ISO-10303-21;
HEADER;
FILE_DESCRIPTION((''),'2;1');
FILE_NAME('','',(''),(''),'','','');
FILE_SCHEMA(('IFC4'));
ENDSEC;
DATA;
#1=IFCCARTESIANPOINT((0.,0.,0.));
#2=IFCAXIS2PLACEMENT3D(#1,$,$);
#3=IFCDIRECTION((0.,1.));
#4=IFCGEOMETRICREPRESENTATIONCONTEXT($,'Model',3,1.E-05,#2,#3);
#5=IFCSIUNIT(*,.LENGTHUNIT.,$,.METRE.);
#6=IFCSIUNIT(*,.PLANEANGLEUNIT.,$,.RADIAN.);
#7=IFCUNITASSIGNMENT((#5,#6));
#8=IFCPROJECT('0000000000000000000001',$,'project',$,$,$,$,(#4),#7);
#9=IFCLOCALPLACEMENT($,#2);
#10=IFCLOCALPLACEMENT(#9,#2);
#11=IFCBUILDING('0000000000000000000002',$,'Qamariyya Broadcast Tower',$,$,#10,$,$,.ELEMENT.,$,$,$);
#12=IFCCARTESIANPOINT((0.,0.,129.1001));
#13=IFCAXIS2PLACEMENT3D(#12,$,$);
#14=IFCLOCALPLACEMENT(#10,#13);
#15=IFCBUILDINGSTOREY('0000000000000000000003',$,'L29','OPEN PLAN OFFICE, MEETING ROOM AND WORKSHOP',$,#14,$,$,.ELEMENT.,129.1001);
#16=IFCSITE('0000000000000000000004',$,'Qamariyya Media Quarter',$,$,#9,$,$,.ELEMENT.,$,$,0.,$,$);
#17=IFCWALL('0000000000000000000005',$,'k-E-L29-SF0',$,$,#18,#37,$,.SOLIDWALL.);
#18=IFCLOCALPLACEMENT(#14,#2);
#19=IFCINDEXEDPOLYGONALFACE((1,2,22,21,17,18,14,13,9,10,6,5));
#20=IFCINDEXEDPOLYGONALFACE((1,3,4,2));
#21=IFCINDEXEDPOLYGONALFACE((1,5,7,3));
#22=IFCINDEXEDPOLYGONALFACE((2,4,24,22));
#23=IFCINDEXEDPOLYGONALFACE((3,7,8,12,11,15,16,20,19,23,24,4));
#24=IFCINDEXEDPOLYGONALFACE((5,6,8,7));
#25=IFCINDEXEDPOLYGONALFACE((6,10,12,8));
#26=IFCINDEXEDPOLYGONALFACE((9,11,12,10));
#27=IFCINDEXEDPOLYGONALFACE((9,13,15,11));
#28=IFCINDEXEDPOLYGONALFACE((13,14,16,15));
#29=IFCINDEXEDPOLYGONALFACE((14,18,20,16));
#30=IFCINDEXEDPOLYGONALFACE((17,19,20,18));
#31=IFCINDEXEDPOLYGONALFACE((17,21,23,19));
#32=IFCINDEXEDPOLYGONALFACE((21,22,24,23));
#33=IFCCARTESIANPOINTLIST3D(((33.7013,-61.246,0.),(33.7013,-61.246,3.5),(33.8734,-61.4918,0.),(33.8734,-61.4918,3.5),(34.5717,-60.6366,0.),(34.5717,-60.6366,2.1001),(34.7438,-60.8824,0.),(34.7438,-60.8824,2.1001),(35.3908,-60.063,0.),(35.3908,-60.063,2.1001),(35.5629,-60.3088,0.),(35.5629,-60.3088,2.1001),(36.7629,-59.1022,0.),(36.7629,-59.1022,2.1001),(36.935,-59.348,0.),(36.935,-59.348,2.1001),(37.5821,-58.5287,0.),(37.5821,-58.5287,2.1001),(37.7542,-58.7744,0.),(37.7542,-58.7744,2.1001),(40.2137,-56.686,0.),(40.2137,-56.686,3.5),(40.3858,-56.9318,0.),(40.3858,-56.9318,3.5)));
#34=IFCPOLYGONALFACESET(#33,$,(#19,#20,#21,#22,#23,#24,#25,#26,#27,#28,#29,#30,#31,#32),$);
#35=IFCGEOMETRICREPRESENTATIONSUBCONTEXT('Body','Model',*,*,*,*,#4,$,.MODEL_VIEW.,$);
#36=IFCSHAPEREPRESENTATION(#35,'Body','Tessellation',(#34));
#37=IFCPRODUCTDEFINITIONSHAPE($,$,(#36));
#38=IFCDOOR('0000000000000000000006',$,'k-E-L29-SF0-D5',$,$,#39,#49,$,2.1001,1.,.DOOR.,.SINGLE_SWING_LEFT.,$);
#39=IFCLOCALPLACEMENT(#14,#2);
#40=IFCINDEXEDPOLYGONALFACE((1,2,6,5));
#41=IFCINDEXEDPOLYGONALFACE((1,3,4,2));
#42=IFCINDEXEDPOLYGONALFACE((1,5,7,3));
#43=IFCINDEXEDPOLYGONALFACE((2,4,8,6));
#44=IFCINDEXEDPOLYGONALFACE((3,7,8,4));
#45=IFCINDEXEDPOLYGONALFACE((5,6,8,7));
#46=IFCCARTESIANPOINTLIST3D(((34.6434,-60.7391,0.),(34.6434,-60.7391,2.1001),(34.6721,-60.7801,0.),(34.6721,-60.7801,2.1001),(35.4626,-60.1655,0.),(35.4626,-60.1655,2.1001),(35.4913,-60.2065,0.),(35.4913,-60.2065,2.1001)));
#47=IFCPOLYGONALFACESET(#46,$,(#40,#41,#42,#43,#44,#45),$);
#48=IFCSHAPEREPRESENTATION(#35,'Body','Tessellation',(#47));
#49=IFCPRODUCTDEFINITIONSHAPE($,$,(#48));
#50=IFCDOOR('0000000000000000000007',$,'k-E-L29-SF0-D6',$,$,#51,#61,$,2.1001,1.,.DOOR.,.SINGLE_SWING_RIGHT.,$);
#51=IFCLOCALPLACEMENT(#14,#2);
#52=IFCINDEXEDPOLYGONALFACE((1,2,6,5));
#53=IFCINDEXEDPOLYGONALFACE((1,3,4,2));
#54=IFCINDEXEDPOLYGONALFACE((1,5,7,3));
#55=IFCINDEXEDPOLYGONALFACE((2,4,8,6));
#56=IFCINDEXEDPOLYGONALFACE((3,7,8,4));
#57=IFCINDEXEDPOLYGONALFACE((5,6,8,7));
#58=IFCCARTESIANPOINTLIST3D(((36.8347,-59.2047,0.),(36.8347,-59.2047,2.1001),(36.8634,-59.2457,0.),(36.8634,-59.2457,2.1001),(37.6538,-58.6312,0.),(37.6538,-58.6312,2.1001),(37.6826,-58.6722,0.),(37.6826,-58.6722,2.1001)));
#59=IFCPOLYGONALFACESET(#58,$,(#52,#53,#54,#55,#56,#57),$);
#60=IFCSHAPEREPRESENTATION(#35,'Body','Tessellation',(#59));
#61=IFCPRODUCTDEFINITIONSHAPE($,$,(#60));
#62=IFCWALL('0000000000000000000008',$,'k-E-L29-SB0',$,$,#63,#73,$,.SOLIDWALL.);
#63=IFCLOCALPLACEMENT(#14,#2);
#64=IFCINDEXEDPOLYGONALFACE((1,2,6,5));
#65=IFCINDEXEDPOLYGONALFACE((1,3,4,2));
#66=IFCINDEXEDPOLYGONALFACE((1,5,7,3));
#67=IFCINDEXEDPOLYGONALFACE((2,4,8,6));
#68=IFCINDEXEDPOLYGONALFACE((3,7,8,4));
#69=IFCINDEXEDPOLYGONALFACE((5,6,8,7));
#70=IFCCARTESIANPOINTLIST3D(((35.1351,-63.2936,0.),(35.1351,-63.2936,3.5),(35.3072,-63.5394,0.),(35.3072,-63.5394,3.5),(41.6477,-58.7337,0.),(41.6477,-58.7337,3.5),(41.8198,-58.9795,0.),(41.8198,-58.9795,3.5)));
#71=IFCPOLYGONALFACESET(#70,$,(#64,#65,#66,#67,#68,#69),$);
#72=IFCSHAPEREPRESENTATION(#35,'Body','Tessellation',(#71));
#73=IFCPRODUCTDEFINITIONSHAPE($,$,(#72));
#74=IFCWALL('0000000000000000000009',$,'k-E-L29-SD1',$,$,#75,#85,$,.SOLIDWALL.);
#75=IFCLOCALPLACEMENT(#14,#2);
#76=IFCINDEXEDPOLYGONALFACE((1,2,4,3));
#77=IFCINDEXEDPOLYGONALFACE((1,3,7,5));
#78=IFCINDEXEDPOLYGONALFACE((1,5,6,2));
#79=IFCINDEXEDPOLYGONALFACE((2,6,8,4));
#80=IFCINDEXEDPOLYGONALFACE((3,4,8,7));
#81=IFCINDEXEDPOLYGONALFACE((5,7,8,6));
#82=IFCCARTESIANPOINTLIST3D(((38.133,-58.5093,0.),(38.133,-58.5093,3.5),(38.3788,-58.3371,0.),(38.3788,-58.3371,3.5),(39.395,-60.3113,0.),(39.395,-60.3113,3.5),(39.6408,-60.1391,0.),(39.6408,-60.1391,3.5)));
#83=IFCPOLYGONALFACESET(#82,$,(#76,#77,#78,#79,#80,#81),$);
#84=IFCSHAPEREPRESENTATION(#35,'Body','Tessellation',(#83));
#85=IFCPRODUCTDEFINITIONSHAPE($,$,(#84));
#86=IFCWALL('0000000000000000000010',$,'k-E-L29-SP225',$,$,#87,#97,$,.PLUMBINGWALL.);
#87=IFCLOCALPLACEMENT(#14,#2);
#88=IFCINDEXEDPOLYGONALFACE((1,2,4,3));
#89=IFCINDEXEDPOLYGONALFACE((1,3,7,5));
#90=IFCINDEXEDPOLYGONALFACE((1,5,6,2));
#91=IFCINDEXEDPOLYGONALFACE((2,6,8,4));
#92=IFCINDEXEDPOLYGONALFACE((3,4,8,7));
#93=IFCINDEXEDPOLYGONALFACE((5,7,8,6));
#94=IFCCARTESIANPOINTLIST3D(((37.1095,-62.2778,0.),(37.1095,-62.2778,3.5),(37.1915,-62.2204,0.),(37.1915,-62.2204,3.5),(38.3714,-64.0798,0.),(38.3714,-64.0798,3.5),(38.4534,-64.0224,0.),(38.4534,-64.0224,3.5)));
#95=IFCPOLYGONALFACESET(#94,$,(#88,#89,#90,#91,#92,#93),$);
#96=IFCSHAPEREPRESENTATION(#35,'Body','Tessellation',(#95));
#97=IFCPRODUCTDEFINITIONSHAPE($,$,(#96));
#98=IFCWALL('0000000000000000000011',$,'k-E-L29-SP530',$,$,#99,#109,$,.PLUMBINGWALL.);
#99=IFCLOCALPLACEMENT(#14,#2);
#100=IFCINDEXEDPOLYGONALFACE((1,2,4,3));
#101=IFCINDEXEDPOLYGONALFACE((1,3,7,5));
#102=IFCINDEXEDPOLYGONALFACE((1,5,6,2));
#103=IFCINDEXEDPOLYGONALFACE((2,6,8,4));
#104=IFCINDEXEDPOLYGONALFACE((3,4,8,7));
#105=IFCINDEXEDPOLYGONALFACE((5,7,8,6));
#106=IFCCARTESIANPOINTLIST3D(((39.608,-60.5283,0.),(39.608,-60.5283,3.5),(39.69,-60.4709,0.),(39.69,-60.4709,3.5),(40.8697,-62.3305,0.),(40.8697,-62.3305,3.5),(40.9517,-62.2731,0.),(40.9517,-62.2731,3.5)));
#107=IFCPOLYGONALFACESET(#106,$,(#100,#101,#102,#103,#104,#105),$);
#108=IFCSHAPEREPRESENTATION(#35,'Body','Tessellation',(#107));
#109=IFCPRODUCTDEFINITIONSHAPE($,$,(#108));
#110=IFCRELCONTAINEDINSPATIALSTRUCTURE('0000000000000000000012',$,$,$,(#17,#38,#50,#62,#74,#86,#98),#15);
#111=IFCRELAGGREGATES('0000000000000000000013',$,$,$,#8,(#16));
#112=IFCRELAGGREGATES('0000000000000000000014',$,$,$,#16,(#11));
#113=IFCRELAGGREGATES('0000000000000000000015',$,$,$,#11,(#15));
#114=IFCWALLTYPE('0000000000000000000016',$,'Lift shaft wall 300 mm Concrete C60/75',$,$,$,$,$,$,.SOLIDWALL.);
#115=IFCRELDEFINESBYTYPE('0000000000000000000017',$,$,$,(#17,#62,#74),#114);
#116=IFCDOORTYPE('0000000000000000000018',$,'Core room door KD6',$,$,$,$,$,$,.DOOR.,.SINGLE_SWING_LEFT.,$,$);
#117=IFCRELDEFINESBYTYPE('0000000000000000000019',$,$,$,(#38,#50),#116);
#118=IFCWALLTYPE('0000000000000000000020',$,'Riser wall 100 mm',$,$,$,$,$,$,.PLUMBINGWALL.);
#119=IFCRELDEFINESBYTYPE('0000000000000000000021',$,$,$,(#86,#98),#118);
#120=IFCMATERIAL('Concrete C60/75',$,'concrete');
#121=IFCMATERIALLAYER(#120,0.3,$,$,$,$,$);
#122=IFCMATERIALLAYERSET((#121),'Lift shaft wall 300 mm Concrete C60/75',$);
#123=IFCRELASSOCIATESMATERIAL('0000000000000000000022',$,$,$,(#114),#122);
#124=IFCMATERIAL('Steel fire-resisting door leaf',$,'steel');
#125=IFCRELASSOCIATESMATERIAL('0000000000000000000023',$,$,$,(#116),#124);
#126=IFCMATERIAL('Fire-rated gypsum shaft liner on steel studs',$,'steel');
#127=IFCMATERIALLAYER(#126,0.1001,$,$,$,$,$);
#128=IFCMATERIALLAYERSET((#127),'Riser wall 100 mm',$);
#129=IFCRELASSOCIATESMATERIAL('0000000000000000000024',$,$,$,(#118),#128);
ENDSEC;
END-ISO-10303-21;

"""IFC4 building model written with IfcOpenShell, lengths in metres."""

from ifc_helpers import new_model, si_unit, direction, frame, frame_2d, origin, place, context, subcontext, project, spatial, rectangle, extrude, material, layer, layer_set, type_object, element, fill, save


model = new_model("IFC4")

# Units and contexts
model_context = context("Model", 3, precision=1e-05, world=origin(), true_north=direction((0.0, 1.0)))
body_context = subcontext(model_context, "Body", "Model", "MODEL_VIEW")
ifc_project = project(units=[si_unit("LENGTHUNIT", "METRE"), si_unit("PLANEANGLEUNIT", "RADIAN")], contexts=[model_context])

# Site, building, storey
site_placement = place(None, origin())
site = spatial("IfcSite", under=ifc_project, at=site_placement, Name="Qamariyya Media Quarter", CompositionType="ELEMENT", RefElevation=0.0)
building_placement = place(site_placement, origin())
building = spatial("IfcBuilding", under=site, at=building_placement, Name="Qamariyya Broadcast Tower", CompositionType="ELEMENT")
storey_placement = place(building_placement, frame((0.0, 0.0, 129.1001)))
storey = spatial("IfcBuildingStorey", under=building, at=storey_placement, Name="L29", Description="OPEN PLAN OFFICE, MEETING ROOM AND WORKSHOP", CompositionType="ELEMENT", Elevation=129.1001)

# Shared definitions
ifc_material_1 = material(Name="Steel fire-resisting door leaf", Category="steel")

# Shared definitions
ifc_material_2 = material(Name="Concrete C60/75", Category="concrete")

# Shared definitions
ifc_layer_1 = layer(ifc_material_2, 0.3)
ifc_layer_set_1 = layer_set([ifc_layer_1], Name="Lift shaft wall 300 mm Concrete C60/75")
wall_type_1 = type_object("IfcWallType", Name="Lift shaft wall 300 mm Concrete C60/75", PredefinedType="SOLIDWALL", material=ifc_layer_set_1)

# Wall, openings, doors
wall_1_placement = place(storey_placement, frame((33.7874, -61.3689, 0.0), z_axis=(0.0, 0.0, 1.0), x_axis=(0.819153, 0.573576, 0.0)))
wall_1 = element("IfcWall", 1, at=wall_1_placement, inside=storey, type_object=wall_type_1, Name="k-E-L29-SF0", PredefinedType="SOLIDWALL", context=body_context, shape_type="SweptSolid", body=[
    extrude(rectangle(XDim=7.9502, YDim=0.3, at=frame_2d((3.9751, 0.0))), origin(), (0.0, 0.0, 1.0), 3.5),
])
opening_1_placement = place(wall_1_placement, frame((1.0625, 0.0, 0.0)))
opening_1 = element("IfcOpeningElement", 2, at=opening_1_placement, cuts=wall_1, PredefinedType="OPENING", context=body_context, shape_type="SweptSolid", body=[
    extrude(rectangle(XDim=1.0, YDim=2.1001, at=frame_2d((0.5, 1.05))), frame((0.0, 0.1599, 0.0), z_axis=(0.0, -1.0, 0.0), x_axis=(1.0, 0.0, 0.0)), (0.0, 0.0, 1.0), 0.3201),
])
opening_2_placement = place(wall_1_placement, frame((3.7375, 0.0, 0.0)))
opening_2 = element("IfcOpeningElement", 3, at=opening_2_placement, cuts=wall_1, PredefinedType="OPENING", context=body_context, shape_type="SweptSolid", body=[
    extrude(rectangle(XDim=1.0, YDim=2.1001, at=frame_2d((0.5, 1.05))), frame((0.0, 0.1599, 0.0), z_axis=(0.0, -1.0, 0.0), x_axis=(1.0, 0.0, 0.0)), (0.0, 0.0, 1.0), 0.3201),
])
door_type_1 = type_object("IfcDoorType", Name="Core room door KD6", OperationType="SINGLE_SWING_LEFT", PredefinedType="DOOR", material=ifc_material_1)
door_1_placement = place(opening_1_placement, origin())
door_1 = element("IfcDoor", 4, at=door_1_placement, inside=storey, type_object=door_type_1, Name="k-E-L29-SF0-D5", OperationType="SINGLE_SWING_LEFT", OverallHeight=2.1001, OverallWidth=1.0, PredefinedType="DOOR", context=body_context, shape_type="SweptSolid", body=[
    extrude(rectangle(XDim=1.0, YDim=2.1001, at=frame_2d((0.5, 1.05))), frame((0.0, 0.0249, 0.0), z_axis=(0.0, -1.0, 0.0), x_axis=(1.0, 0.0, 0.0)), (0.0, 0.0, 1.0), 0.05),
])
fill(opening_1, door_1)
door_2_placement = place(opening_2_placement, origin())
door_2 = element("IfcDoor", 5, at=door_2_placement, inside=storey, type_object=door_type_1, Name="k-E-L29-SF0-D6", OperationType="SINGLE_SWING_RIGHT", OverallHeight=2.1001, OverallWidth=1.0, PredefinedType="DOOR", context=body_context, shape_type="SweptSolid", body=[
    extrude(rectangle(XDim=1.0, YDim=2.1001, at=frame_2d((0.5, 1.05))), frame((0.0, 0.0249, 0.0), z_axis=(0.0, -1.0, 0.0), x_axis=(1.0, 0.0, 0.0)), (0.0, 0.0, 1.0), 0.05),
])
fill(opening_2, door_2)

# Walls
wall_2_placement = place(storey_placement, frame((35.2212, -63.4165, 0.0), z_axis=(0.0, 0.0, 1.0), x_axis=(0.819167, 0.573555, 0.0)))
element("IfcWall", 6, at=wall_2_placement, inside=storey, type_object=wall_type_1, Name="k-E-L29-SB0", PredefinedType="SOLIDWALL", context=body_context, shape_type="SweptSolid", body=[
    extrude(rectangle(XDim=7.9502, YDim=0.3, at=frame_2d((3.9751, 0.0))), origin(), (0.0, 0.0, 1.0), 3.5),
])
wall_3_placement = place(storey_placement, frame((38.2559, -58.4231, 0.0), z_axis=(0.0, 0.0, 1.0), x_axis=(0.573634, -0.819112, 0.0)))
element("IfcWall", 7, at=wall_3_placement, inside=storey, type_object=wall_type_1, Name="k-E-L29-SD1", PredefinedType="SOLIDWALL", context=body_context, shape_type="SweptSolid", body=[
    extrude(rectangle(XDim=2.2, YDim=0.3, at=frame_2d((1.1001, 0.0))), origin(), (0.0, 0.0, 1.0), 3.5),
])
ifc_material_3 = material(Name="Fire-rated gypsum shaft liner on steel studs", Category="steel")
ifc_layer_2 = layer(ifc_material_3, 0.1001)
ifc_layer_set_2 = layer_set([ifc_layer_2], Name="Riser wall 100 mm")
wall_type_2 = type_object("IfcWallType", Name="Riser wall 100 mm", PredefinedType="PLUMBINGWALL", material=ifc_layer_set_2)
for number, where, z_axis, x_axis, name in (
    (8, (37.1504, -62.249, 0.0), (0.0, 0.0, 1.0), (0.573634, -0.819112, 0.0), "k-E-L29-SP225"),
    (9, (39.6489, -60.4995, 0.0), (0.0, 0.0, 1.0), (0.573507, -0.819201, 0.0), "k-E-L29-SP530"),
):
    element("IfcWall", number, at=place(storey_placement, frame(where, z_axis=z_axis, x_axis=x_axis)), inside=storey, type_object=wall_type_2, Name=name, PredefinedType="PLUMBINGWALL", context=body_context, shape_type="SweptSolid", body=[
        extrude(rectangle(XDim=2.2, YDim=0.1001, at=frame_2d((1.1001, 0.0))), origin(), (0.0, 0.0, 1.0), 3.5),
    ])

save(model, "model.ifc")
